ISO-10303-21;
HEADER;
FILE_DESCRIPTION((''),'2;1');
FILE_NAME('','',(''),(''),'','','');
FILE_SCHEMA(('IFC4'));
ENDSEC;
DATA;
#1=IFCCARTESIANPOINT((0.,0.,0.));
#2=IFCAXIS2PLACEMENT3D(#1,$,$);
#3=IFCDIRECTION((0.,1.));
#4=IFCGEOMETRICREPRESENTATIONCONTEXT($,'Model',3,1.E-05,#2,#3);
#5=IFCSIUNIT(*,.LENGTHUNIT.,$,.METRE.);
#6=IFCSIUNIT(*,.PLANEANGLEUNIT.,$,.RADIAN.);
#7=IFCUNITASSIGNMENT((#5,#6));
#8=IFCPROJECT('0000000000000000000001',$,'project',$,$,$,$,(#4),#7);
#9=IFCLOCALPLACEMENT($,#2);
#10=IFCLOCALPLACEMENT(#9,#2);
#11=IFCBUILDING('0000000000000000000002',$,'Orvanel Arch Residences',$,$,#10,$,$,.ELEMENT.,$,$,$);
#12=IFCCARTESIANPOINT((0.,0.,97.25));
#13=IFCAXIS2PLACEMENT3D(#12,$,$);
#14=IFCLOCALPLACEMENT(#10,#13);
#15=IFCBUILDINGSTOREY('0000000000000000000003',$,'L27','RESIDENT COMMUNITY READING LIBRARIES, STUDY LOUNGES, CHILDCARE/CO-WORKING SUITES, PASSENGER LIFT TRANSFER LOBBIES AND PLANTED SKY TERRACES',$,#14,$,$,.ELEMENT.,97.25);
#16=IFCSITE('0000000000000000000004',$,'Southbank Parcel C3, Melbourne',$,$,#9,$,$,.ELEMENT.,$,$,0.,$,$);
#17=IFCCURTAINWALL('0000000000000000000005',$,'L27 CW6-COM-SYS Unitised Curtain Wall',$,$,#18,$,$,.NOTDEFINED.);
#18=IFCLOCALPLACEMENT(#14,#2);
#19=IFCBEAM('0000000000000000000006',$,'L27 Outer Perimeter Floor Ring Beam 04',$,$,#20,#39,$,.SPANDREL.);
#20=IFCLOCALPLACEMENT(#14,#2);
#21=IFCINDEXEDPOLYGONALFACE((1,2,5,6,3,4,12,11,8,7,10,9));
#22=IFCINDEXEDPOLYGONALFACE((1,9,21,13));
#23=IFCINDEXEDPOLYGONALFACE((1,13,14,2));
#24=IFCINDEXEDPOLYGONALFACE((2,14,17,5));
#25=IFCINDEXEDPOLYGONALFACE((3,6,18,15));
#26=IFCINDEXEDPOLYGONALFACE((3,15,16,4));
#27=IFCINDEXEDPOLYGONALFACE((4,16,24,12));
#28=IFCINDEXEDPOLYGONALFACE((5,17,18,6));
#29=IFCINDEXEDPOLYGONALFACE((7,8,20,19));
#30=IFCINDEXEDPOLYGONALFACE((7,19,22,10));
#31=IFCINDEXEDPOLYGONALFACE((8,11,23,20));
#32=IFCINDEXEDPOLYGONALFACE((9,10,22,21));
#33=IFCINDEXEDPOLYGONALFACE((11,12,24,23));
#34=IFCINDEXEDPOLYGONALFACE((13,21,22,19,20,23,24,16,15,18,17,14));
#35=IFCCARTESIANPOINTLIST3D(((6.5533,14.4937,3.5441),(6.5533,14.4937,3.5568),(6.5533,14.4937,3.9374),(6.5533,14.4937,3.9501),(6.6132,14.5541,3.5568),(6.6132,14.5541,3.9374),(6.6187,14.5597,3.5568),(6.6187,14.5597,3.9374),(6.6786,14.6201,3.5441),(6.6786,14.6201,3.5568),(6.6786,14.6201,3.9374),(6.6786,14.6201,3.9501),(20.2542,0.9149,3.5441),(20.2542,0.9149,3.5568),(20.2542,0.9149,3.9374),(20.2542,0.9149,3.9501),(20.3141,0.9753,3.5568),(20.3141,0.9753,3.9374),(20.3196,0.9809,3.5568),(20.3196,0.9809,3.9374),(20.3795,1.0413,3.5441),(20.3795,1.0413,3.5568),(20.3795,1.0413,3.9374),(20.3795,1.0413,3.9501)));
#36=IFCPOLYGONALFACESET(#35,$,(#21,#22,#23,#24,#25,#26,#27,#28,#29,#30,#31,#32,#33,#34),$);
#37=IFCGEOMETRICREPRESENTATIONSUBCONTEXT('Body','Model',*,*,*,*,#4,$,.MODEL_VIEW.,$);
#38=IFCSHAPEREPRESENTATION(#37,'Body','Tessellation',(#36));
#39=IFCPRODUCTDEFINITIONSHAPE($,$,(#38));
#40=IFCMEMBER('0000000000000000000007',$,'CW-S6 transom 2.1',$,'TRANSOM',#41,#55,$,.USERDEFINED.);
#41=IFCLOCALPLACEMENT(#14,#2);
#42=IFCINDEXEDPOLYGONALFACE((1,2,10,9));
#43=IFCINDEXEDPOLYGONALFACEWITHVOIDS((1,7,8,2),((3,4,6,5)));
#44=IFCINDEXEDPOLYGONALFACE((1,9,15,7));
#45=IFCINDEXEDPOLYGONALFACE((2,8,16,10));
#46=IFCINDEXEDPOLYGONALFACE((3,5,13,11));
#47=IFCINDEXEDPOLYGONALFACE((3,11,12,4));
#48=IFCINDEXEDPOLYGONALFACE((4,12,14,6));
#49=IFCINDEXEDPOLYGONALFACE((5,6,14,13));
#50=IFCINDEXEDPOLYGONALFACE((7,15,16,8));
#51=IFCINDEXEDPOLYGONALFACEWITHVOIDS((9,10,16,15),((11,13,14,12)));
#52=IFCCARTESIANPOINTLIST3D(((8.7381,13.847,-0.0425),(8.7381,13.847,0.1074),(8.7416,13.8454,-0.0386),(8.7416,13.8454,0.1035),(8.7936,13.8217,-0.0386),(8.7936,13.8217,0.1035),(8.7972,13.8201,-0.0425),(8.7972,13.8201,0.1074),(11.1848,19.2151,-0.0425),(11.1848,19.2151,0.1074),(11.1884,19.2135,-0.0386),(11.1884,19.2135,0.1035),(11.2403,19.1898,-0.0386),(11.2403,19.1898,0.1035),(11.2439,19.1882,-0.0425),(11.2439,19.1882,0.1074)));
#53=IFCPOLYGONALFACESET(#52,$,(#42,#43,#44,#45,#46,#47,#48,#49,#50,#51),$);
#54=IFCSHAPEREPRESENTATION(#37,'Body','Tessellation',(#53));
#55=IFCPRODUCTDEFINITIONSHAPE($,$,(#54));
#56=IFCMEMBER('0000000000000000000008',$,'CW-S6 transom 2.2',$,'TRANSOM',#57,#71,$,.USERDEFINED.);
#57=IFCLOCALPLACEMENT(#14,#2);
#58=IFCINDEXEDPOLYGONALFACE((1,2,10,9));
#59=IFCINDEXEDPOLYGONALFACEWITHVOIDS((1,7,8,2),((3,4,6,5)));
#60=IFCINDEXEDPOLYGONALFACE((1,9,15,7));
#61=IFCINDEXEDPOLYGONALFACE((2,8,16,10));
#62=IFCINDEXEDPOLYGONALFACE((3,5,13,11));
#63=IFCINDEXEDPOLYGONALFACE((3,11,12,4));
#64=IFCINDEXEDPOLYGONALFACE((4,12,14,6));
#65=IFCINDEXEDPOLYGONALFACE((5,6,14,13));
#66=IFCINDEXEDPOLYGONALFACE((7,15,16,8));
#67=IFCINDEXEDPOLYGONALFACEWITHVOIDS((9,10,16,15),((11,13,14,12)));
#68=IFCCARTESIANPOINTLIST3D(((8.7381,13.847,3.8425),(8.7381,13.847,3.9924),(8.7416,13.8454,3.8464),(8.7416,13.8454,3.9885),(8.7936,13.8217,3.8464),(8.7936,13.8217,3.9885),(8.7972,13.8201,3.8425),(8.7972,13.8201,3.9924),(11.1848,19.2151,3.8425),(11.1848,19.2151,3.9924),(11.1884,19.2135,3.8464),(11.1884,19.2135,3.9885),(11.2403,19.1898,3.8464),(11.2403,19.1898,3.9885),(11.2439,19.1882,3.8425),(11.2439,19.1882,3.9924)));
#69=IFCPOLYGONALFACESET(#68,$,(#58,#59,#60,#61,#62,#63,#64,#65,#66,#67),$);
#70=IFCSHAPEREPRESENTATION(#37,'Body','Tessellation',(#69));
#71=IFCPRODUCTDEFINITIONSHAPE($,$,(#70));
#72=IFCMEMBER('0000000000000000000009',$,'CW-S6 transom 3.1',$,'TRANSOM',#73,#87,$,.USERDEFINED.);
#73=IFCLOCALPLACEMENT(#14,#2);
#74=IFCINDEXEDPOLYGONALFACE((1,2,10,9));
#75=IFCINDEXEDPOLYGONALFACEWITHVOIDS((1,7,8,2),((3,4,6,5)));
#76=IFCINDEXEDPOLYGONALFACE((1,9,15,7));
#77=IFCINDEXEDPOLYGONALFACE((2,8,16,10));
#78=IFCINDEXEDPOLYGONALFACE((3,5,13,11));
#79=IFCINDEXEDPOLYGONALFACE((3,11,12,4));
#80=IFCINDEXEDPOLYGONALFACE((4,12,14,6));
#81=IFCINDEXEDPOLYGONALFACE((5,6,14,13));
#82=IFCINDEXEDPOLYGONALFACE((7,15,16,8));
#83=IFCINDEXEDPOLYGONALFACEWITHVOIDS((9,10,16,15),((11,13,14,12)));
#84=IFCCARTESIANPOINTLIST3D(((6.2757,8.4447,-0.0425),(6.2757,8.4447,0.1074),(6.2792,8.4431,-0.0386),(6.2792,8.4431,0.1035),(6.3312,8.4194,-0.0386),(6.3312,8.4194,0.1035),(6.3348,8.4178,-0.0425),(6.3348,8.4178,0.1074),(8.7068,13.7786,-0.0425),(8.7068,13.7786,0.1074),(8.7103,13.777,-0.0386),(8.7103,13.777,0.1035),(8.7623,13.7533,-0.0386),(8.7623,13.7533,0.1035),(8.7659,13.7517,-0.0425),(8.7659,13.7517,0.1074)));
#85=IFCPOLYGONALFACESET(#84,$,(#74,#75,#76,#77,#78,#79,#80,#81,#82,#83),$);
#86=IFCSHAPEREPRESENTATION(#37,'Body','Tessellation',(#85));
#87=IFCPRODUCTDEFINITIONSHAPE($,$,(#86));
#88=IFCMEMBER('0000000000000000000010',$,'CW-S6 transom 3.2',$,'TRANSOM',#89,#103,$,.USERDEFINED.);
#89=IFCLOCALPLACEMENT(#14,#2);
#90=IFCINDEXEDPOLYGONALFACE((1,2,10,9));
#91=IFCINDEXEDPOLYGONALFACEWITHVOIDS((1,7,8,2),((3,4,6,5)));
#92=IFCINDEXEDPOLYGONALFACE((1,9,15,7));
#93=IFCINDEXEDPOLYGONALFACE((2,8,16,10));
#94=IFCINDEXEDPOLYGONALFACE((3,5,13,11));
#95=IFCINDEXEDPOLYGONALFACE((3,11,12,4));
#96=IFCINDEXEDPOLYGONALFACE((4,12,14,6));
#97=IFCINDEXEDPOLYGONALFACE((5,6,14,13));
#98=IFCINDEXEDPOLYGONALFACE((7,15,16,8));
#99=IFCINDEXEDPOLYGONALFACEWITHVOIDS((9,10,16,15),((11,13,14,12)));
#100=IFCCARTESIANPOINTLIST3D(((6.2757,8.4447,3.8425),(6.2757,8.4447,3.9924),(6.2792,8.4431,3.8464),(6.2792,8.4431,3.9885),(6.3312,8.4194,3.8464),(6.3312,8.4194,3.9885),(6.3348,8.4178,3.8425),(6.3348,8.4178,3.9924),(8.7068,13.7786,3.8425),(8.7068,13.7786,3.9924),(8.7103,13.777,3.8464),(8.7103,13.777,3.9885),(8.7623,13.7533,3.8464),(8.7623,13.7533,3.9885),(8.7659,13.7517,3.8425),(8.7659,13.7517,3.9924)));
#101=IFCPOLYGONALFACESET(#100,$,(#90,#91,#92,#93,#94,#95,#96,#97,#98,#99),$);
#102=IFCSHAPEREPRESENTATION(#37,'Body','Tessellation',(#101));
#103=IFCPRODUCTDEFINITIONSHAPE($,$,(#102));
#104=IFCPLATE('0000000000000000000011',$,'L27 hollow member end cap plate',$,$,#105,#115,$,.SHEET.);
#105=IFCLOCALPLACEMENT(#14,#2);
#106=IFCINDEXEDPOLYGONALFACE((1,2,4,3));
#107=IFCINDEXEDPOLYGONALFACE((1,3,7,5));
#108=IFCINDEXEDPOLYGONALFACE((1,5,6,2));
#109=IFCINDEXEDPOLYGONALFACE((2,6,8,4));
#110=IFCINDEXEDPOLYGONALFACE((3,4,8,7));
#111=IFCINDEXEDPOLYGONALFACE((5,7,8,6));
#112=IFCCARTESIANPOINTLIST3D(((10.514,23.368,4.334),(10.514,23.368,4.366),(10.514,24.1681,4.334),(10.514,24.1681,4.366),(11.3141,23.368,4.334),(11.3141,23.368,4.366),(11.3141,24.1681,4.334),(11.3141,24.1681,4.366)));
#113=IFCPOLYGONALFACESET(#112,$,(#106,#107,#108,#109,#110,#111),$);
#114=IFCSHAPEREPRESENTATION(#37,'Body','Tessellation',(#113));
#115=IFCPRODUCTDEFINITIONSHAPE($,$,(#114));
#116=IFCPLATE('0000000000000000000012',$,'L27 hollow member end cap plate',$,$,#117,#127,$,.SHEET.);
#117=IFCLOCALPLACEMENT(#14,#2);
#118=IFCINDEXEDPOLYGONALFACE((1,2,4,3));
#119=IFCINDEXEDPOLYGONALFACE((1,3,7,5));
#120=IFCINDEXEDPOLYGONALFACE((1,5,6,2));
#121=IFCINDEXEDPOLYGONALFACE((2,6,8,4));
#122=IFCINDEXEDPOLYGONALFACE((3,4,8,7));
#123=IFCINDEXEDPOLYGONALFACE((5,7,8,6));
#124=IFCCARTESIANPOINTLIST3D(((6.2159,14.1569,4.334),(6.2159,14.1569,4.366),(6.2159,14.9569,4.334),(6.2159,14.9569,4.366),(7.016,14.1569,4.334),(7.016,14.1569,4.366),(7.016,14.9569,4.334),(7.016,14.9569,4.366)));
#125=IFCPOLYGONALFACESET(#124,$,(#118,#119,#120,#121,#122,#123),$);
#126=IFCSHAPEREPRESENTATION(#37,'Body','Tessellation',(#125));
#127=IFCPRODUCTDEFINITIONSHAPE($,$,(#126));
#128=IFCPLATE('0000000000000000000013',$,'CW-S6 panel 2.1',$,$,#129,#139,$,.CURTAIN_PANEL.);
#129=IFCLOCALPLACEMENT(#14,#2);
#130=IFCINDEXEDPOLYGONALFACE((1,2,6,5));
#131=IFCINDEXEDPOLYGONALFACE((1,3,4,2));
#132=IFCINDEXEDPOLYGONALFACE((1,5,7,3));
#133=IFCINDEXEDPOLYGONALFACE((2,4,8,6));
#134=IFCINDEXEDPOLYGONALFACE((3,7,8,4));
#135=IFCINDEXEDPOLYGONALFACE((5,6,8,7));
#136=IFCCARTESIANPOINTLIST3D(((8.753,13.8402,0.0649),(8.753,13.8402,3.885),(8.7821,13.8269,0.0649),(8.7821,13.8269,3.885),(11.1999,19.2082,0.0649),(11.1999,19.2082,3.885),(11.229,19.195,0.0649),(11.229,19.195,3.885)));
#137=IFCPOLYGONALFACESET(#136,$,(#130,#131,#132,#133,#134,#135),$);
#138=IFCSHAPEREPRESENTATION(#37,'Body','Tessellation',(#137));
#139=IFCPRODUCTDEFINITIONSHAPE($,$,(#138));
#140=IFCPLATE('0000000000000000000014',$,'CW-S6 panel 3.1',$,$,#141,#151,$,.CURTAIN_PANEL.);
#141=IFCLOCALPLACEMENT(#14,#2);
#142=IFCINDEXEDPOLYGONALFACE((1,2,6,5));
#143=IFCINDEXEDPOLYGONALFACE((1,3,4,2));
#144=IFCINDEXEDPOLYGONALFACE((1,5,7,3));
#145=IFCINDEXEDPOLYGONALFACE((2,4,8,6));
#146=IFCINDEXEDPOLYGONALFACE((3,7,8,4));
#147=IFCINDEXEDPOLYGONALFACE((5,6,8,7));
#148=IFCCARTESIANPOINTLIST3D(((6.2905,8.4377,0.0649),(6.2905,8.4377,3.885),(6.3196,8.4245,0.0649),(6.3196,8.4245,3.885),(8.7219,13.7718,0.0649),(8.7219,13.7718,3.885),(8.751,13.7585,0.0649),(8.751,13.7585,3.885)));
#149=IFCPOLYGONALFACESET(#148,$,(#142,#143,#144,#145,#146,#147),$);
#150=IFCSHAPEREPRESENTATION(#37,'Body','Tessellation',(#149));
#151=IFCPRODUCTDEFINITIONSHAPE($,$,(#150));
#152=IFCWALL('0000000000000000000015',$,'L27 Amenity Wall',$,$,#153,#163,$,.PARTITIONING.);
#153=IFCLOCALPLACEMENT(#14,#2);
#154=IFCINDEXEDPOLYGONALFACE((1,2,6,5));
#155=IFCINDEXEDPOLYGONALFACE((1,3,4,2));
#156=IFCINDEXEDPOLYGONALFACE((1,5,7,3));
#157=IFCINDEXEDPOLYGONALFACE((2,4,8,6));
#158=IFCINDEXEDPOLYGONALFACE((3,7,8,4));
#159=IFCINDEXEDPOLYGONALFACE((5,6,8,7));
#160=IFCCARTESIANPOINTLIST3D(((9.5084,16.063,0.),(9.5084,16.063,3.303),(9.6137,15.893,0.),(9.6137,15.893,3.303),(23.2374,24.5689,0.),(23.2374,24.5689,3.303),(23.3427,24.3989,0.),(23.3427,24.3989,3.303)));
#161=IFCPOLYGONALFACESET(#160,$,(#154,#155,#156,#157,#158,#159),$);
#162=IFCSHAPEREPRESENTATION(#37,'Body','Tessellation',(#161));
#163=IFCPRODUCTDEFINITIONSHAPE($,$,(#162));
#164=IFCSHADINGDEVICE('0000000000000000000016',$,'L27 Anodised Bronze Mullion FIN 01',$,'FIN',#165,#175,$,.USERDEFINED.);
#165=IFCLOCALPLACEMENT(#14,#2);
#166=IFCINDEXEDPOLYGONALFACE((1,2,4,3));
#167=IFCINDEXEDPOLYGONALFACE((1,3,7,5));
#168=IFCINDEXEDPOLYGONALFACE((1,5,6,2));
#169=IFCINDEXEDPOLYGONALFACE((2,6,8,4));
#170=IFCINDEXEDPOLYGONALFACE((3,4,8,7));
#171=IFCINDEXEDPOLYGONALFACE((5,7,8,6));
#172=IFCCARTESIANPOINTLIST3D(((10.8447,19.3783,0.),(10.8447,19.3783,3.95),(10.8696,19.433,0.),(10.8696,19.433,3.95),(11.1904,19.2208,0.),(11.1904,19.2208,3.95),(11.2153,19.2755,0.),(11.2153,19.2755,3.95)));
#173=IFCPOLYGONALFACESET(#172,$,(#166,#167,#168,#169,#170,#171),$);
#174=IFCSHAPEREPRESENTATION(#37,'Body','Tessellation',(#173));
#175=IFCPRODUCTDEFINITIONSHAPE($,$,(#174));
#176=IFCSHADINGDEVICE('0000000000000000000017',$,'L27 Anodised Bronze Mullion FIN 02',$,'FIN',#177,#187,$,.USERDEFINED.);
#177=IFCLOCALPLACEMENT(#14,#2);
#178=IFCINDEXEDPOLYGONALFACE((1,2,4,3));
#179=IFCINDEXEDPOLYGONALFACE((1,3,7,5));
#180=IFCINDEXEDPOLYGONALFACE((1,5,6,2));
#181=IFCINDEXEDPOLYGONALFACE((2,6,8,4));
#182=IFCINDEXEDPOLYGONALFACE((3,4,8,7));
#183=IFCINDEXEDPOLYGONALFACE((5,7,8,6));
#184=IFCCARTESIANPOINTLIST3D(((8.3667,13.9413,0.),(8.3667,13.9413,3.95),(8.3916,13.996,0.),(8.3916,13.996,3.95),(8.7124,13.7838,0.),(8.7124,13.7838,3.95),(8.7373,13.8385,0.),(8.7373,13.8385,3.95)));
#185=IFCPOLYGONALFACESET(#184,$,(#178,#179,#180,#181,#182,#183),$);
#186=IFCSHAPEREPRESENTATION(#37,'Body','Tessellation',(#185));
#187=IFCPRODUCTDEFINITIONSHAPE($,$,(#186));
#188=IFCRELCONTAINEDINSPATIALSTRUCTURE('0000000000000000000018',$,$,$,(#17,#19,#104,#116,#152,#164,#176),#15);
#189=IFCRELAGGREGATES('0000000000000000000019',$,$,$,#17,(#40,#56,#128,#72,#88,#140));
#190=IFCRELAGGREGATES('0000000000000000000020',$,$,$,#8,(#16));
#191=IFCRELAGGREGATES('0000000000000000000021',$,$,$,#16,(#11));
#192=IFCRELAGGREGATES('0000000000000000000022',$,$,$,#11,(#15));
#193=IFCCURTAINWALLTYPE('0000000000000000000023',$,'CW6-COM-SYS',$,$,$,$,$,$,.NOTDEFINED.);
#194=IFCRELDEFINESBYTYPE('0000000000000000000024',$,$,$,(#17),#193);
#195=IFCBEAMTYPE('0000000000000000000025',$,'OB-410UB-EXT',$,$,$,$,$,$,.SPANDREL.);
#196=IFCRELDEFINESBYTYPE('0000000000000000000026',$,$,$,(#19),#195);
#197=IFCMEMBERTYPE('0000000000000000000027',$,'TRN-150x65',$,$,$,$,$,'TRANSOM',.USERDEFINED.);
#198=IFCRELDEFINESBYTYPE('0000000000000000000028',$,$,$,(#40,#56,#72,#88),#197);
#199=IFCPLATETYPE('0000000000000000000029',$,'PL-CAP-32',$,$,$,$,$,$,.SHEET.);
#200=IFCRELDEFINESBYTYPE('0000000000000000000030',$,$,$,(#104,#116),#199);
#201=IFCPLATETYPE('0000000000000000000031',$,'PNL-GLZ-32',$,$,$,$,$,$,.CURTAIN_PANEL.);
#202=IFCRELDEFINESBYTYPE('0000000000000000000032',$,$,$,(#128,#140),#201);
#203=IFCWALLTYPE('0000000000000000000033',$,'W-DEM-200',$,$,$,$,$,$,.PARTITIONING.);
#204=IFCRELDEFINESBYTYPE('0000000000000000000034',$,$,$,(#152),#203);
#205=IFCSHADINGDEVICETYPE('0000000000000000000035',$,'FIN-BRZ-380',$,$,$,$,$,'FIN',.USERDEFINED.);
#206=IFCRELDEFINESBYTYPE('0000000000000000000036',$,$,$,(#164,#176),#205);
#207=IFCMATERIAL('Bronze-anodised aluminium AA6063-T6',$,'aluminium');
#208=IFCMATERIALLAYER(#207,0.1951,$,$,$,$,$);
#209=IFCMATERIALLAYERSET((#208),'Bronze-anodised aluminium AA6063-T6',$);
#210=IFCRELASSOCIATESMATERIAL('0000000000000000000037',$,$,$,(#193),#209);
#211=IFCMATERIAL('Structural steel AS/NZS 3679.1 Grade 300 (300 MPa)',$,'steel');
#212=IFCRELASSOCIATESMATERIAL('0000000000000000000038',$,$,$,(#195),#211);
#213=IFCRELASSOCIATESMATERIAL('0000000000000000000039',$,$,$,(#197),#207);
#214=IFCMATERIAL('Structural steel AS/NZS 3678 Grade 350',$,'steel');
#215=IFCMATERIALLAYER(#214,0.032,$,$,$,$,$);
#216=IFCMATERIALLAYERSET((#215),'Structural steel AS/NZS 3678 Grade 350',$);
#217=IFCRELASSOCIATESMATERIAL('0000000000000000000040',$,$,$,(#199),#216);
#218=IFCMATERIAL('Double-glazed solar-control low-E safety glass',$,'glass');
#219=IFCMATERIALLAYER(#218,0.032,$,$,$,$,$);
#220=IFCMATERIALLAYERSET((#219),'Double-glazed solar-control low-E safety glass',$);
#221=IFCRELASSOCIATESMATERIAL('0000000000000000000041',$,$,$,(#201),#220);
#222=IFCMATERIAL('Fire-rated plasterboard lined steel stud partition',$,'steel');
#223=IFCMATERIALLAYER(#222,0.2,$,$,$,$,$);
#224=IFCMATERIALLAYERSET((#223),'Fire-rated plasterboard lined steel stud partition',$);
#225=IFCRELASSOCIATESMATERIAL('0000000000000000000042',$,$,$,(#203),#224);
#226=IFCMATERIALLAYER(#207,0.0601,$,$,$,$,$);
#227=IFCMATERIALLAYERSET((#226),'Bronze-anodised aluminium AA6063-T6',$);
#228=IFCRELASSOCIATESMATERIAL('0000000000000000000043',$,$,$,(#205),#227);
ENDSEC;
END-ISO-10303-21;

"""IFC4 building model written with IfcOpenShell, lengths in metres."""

from ifc_helpers import new_model, si_unit, direction, frame, frame_2d, origin, origin_2d, place, context, subcontext, project, spatial, rectangle, hollow_rectangle, i_section, extrude, material, layer, layer_set, material_profile, profile_set, type_object, element, aggregate, save


model = new_model("IFC4")

# Units and contexts
model_context = context("Model", 3, precision=1e-05, world=origin(), true_north=direction((0.0, 1.0)))
body_context = subcontext(model_context, "Body", "Model", "MODEL_VIEW")
ifc_project = project(units=[si_unit("LENGTHUNIT", "METRE"), si_unit("PLANEANGLEUNIT", "RADIAN")], contexts=[model_context])

# Site, building, storey
site_placement = place(None, origin())
site = spatial("IfcSite", under=ifc_project, at=site_placement, Name="Southbank Parcel C3, Melbourne", CompositionType="ELEMENT", RefElevation=0.0)
building_placement = place(site_placement, origin())
building = spatial("IfcBuilding", under=site, at=building_placement, Name="Orvanel Arch Residences", CompositionType="ELEMENT")
storey_placement = place(building_placement, frame((0.0, 0.0, 97.25)))
storey = spatial("IfcBuildingStorey", under=building, at=storey_placement, Name="L27", Description="RESIDENT COMMUNITY READING LIBRARIES, STUDY LOUNGES, CHILDCARE/CO-WORKING SUITES, PASSENGER LIFT TRANSFER LOBBIES AND PLANTED SKY TERRACES", CompositionType="ELEMENT", Elevation=97.25)

# Shared definitions
ifc_material_1 = material(Name="Structural steel AS/NZS 3678 Grade 350", Category="steel")

# Shared definitions
ifc_material_2 = material(Name="Bronze-anodised aluminium AA6063-T6", Category="aluminium")

# Curtain wall
ifc_layer_1 = layer(ifc_material_2, 0.1951)
ifc_layer_set_1 = layer_set([ifc_layer_1], Name="Bronze-anodised aluminium AA6063-T6")
curtain_wall_type_1 = type_object("IfcCurtainWallType", Name="CW6-COM-SYS", PredefinedType="NOTDEFINED", material=ifc_layer_set_1)
curtain_wall_1_placement = place(storey_placement, origin())
curtain_wall_1 = element("IfcCurtainWall", 1, at=curtain_wall_1_placement, inside=storey, type_object=curtain_wall_type_1, Name="L27 CW6-COM-SYS Unitised Curtain Wall", PredefinedType="NOTDEFINED")

# Beam
ifc_material_3 = material(Name="Structural steel AS/NZS 3679.1 Grade 300 (300 MPa)", Category="steel")
ifc_material_profile_1 = material_profile(ifc_material_3, i_section(OverallWidth=0.178, OverallDepth=0.406, WebThickness=0.0078, FlangeThickness=0.0127, at=origin_2d()), Name="410UB59.7")
ifc_profile_set_1 = profile_set([ifc_material_profile_1], Name="Structural steel AS/NZS 3679.1 Grade 300 (300 MPa)")
beam_type = type_object("IfcBeamType", Name="OB-410UB-EXT", PredefinedType="SPANDREL", material=ifc_profile_set_1)
beam_1_placement = place(storey_placement, frame((6.616, 14.5569, 3.7471), z_axis=(0.710264, -0.703936, 0.0), x_axis=(0.703936, 0.710264, 0.0)))
element("IfcBeam", 2, at=beam_1_placement, inside=storey, type_object=beam_type, Name="L27 Outer Perimeter Floor Ring Beam 04", PredefinedType="SPANDREL", context=body_context, shape_type="SweptSolid", body=[
    extrude(i_section(OverallWidth=0.178, OverallDepth=0.406, WebThickness=0.0078, FlangeThickness=0.0127, at=origin_2d()), origin(), (0.0, 0.0, 1.0), 19.2898),
])

# Members
ifc_material_profile_2 = material_profile(ifc_material_2, hollow_rectangle(XDim=0.0649, YDim=0.1499, WallThickness=0.0039, at=origin_2d()), Name="ALU150x65x4")
ifc_profile_set_2 = profile_set([ifc_material_profile_2], Name="Bronze-anodised aluminium AA6063-T6")
member_type_1 = type_object("IfcMemberType", Name="TRN-150x65", ElementType="TRANSOM", PredefinedType="USERDEFINED", material=ifc_profile_set_2)
member_1_placement = place(storey_placement, frame((11.2144, 19.2017, 0.0325), z_axis=(-0.414744, -0.909938, 0.0), x_axis=(0.909938, -0.414744, 0.0)))
member_1 = element("IfcMember", 3, at=member_1_placement, type_object=member_type_1, Name="CW-S6 transom 2.1", ObjectType="TRANSOM", PredefinedType="USERDEFINED", context=body_context, shape_type="SweptSolid", body=[
    extrude(hollow_rectangle(XDim=0.0649, YDim=0.1499, WallThickness=0.0039, at=origin_2d()), origin(), (0.0, 0.0, 1.0), 5.8994),
])
member_2_placement = place(storey_placement, frame((11.2144, 19.2017, 3.9175), z_axis=(-0.414744, -0.909938, 0.0), x_axis=(0.909938, -0.414744, 0.0)))
member_2 = element("IfcMember", 4, at=member_2_placement, type_object=member_type_1, Name="CW-S6 transom 2.2", ObjectType="TRANSOM", PredefinedType="USERDEFINED", context=body_context, shape_type="SweptSolid", body=[
    extrude(hollow_rectangle(XDim=0.0649, YDim=0.1499, WallThickness=0.0039, at=origin_2d()), origin(), (0.0, 0.0, 1.0), 5.8994),
])
member_3_placement = place(storey_placement, frame((8.7363, 13.7651, 0.0325), z_axis=(-0.414738, -0.909941, 0.0), x_axis=(0.909941, -0.414738, 0.0)))
member_3 = element("IfcMember", 5, at=member_3_placement, type_object=member_type_1, Name="CW-S6 transom 3.1", ObjectType="TRANSOM", PredefinedType="USERDEFINED", context=body_context, shape_type="SweptSolid", body=[
    extrude(hollow_rectangle(XDim=0.0649, YDim=0.1499, WallThickness=0.0039, at=origin_2d()), origin(), (0.0, 0.0, 1.0), 5.8618),
])
member_4_placement = place(storey_placement, frame((8.7363, 13.7651, 3.9175), z_axis=(-0.414738, -0.909941, 0.0), x_axis=(0.909941, -0.414738, 0.0)))
member_4 = element("IfcMember", 6, at=member_4_placement, type_object=member_type_1, Name="CW-S6 transom 3.2", ObjectType="TRANSOM", PredefinedType="USERDEFINED", context=body_context, shape_type="SweptSolid", body=[
    extrude(hollow_rectangle(XDim=0.0649, YDim=0.1499, WallThickness=0.0039, at=origin_2d()), origin(), (0.0, 0.0, 1.0), 5.8618),
])

# Plates
ifc_layer_2 = layer(ifc_material_1, 0.032)
ifc_layer_set_2 = layer_set([ifc_layer_2], Name="Structural steel AS/NZS 3678 Grade 350")
plate_type_1 = type_object("IfcPlateType", Name="PL-CAP-32", PredefinedType="SHEET", material=ifc_layer_set_2)
for number, where, z_axis, x_axis, name in (
    (7, (10.9141, 23.7681, 4.334), (0.0, 0.0, 1.0), (1.0, 0.0, 0.0), "L27 hollow member end cap plate"),
    (8, (6.616, 14.5569, 4.334), (0.0, 0.0, 1.0), (1.0, 0.0, 0.0), "L27 hollow member end cap plate"),
):
    element("IfcPlate", number, at=place(storey_placement, frame(where, z_axis=z_axis, x_axis=x_axis)), inside=storey, type_object=plate_type_1, Name=name, PredefinedType="SHEET", context=body_context, shape_type="SweptSolid", body=[
        extrude(rectangle(XDim=0.8, YDim=0.8, at=origin_2d()), origin(), (0.0, 0.0, 1.0), 0.032),
    ])

# Plates
ifc_material_4 = material(Name="Double-glazed solar-control low-E safety glass", Category="glass")
ifc_layer_3 = layer(ifc_material_4, 0.032)
ifc_layer_set_3 = layer_set([ifc_layer_3], Name="Double-glazed solar-control low-E safety glass")
plate_type_2 = type_object("IfcPlateType", Name="PNL-GLZ-32", PredefinedType="CURTAIN_PANEL", material=ifc_layer_set_3)
plate_1_placement = place(storey_placement, frame((9.991, 16.5176, 0.0649), z_axis=(0.0, 0.0, 1.0), x_axis=(-0.414765, -0.909928, 0.0)))
plate_1 = element("IfcPlate", 9, at=plate_1_placement, type_object=plate_type_2, Name="CW-S6 panel 2.1", PredefinedType="CURTAIN_PANEL", context=body_context, shape_type="SweptSolid", body=[
    extrude(rectangle(XDim=5.8994, YDim=0.032, at=origin_2d()), origin(), (0.0, 0.0, 1.0), 3.8201),
])
plate_2_placement = place(storey_placement, frame((7.5208, 11.0981, 0.0649), z_axis=(0.0, 0.0, 1.0), x_axis=(-0.414765, -0.909928, 0.0)))
plate_2 = element("IfcPlate", 10, at=plate_2_placement, type_object=plate_type_2, Name="CW-S6 panel 3.1", PredefinedType="CURTAIN_PANEL", context=body_context, shape_type="SweptSolid", body=[
    extrude(rectangle(XDim=5.8621, YDim=0.032, at=origin_2d()), origin(), (0.0, 0.0, 1.0), 3.8201),
])
aggregate(curtain_wall_1, [member_1, member_2, plate_1, member_3, member_4, plate_2])

# Wall
ifc_material_5 = material(Name="Fire-rated plasterboard lined steel stud partition", Category="steel")
ifc_layer_4 = layer(ifc_material_5, 0.2)
ifc_layer_set_4 = layer_set([ifc_layer_4], Name="Fire-rated plasterboard lined steel stud partition")
wall_type = type_object("IfcWallType", Name="W-DEM-200", PredefinedType="PARTITIONING", material=ifc_layer_set_4)
wall_placement = place(storey_placement, frame((9.561, 15.978, 0.0), z_axis=(0.0, 0.0, 1.0), x_axis=(0.850072, 0.526666, 0.0)))
element("IfcWall", 11, at=wall_placement, inside=storey, type_object=wall_type, Name="L27 Amenity Wall", PredefinedType="PARTITIONING", context=body_context, shape_type="SweptSolid", body=[
    extrude(rectangle(XDim=16.1504, YDim=0.2, at=frame_2d((8.0752, 0.0))), origin(), (0.0, 0.0, 1.0), 3.303),
])

# Shading devices
ifc_layer_5 = layer(ifc_material_2, 0.0601)
ifc_layer_set_5 = layer_set([ifc_layer_5], Name="Bronze-anodised aluminium AA6063-T6")
shading_device_type = type_object("IfcShadingDeviceType", Name="FIN-BRZ-380", ElementType="FIN", PredefinedType="USERDEFINED", material=ifc_layer_set_5)
for number, where, z_axis, x_axis, name in (
    (12, (11.03, 19.3269, 0.0), (0.0, 0.0, 1.0), (-0.909961, 0.414693, 0.0), "L27 Anodised Bronze Mullion FIN 01"),
    (13, (8.552, 13.8899, 0.0), (0.0, 0.0, 1.0), (-0.909961, 0.414693, 0.0), "L27 Anodised Bronze Mullion FIN 02"),
):
    element("IfcShadingDevice", number, at=place(storey_placement, frame(where, z_axis=z_axis, x_axis=x_axis)), inside=storey, type_object=shading_device_type, Name=name, ObjectType="FIN", PredefinedType="USERDEFINED", context=body_context, shape_type="SweptSolid", body=[
        extrude(rectangle(XDim=0.3799, YDim=0.0601, at=origin_2d()), origin(), (0.0, 0.0, 1.0), 3.95),
    ])

save(model, "model.ifc")
